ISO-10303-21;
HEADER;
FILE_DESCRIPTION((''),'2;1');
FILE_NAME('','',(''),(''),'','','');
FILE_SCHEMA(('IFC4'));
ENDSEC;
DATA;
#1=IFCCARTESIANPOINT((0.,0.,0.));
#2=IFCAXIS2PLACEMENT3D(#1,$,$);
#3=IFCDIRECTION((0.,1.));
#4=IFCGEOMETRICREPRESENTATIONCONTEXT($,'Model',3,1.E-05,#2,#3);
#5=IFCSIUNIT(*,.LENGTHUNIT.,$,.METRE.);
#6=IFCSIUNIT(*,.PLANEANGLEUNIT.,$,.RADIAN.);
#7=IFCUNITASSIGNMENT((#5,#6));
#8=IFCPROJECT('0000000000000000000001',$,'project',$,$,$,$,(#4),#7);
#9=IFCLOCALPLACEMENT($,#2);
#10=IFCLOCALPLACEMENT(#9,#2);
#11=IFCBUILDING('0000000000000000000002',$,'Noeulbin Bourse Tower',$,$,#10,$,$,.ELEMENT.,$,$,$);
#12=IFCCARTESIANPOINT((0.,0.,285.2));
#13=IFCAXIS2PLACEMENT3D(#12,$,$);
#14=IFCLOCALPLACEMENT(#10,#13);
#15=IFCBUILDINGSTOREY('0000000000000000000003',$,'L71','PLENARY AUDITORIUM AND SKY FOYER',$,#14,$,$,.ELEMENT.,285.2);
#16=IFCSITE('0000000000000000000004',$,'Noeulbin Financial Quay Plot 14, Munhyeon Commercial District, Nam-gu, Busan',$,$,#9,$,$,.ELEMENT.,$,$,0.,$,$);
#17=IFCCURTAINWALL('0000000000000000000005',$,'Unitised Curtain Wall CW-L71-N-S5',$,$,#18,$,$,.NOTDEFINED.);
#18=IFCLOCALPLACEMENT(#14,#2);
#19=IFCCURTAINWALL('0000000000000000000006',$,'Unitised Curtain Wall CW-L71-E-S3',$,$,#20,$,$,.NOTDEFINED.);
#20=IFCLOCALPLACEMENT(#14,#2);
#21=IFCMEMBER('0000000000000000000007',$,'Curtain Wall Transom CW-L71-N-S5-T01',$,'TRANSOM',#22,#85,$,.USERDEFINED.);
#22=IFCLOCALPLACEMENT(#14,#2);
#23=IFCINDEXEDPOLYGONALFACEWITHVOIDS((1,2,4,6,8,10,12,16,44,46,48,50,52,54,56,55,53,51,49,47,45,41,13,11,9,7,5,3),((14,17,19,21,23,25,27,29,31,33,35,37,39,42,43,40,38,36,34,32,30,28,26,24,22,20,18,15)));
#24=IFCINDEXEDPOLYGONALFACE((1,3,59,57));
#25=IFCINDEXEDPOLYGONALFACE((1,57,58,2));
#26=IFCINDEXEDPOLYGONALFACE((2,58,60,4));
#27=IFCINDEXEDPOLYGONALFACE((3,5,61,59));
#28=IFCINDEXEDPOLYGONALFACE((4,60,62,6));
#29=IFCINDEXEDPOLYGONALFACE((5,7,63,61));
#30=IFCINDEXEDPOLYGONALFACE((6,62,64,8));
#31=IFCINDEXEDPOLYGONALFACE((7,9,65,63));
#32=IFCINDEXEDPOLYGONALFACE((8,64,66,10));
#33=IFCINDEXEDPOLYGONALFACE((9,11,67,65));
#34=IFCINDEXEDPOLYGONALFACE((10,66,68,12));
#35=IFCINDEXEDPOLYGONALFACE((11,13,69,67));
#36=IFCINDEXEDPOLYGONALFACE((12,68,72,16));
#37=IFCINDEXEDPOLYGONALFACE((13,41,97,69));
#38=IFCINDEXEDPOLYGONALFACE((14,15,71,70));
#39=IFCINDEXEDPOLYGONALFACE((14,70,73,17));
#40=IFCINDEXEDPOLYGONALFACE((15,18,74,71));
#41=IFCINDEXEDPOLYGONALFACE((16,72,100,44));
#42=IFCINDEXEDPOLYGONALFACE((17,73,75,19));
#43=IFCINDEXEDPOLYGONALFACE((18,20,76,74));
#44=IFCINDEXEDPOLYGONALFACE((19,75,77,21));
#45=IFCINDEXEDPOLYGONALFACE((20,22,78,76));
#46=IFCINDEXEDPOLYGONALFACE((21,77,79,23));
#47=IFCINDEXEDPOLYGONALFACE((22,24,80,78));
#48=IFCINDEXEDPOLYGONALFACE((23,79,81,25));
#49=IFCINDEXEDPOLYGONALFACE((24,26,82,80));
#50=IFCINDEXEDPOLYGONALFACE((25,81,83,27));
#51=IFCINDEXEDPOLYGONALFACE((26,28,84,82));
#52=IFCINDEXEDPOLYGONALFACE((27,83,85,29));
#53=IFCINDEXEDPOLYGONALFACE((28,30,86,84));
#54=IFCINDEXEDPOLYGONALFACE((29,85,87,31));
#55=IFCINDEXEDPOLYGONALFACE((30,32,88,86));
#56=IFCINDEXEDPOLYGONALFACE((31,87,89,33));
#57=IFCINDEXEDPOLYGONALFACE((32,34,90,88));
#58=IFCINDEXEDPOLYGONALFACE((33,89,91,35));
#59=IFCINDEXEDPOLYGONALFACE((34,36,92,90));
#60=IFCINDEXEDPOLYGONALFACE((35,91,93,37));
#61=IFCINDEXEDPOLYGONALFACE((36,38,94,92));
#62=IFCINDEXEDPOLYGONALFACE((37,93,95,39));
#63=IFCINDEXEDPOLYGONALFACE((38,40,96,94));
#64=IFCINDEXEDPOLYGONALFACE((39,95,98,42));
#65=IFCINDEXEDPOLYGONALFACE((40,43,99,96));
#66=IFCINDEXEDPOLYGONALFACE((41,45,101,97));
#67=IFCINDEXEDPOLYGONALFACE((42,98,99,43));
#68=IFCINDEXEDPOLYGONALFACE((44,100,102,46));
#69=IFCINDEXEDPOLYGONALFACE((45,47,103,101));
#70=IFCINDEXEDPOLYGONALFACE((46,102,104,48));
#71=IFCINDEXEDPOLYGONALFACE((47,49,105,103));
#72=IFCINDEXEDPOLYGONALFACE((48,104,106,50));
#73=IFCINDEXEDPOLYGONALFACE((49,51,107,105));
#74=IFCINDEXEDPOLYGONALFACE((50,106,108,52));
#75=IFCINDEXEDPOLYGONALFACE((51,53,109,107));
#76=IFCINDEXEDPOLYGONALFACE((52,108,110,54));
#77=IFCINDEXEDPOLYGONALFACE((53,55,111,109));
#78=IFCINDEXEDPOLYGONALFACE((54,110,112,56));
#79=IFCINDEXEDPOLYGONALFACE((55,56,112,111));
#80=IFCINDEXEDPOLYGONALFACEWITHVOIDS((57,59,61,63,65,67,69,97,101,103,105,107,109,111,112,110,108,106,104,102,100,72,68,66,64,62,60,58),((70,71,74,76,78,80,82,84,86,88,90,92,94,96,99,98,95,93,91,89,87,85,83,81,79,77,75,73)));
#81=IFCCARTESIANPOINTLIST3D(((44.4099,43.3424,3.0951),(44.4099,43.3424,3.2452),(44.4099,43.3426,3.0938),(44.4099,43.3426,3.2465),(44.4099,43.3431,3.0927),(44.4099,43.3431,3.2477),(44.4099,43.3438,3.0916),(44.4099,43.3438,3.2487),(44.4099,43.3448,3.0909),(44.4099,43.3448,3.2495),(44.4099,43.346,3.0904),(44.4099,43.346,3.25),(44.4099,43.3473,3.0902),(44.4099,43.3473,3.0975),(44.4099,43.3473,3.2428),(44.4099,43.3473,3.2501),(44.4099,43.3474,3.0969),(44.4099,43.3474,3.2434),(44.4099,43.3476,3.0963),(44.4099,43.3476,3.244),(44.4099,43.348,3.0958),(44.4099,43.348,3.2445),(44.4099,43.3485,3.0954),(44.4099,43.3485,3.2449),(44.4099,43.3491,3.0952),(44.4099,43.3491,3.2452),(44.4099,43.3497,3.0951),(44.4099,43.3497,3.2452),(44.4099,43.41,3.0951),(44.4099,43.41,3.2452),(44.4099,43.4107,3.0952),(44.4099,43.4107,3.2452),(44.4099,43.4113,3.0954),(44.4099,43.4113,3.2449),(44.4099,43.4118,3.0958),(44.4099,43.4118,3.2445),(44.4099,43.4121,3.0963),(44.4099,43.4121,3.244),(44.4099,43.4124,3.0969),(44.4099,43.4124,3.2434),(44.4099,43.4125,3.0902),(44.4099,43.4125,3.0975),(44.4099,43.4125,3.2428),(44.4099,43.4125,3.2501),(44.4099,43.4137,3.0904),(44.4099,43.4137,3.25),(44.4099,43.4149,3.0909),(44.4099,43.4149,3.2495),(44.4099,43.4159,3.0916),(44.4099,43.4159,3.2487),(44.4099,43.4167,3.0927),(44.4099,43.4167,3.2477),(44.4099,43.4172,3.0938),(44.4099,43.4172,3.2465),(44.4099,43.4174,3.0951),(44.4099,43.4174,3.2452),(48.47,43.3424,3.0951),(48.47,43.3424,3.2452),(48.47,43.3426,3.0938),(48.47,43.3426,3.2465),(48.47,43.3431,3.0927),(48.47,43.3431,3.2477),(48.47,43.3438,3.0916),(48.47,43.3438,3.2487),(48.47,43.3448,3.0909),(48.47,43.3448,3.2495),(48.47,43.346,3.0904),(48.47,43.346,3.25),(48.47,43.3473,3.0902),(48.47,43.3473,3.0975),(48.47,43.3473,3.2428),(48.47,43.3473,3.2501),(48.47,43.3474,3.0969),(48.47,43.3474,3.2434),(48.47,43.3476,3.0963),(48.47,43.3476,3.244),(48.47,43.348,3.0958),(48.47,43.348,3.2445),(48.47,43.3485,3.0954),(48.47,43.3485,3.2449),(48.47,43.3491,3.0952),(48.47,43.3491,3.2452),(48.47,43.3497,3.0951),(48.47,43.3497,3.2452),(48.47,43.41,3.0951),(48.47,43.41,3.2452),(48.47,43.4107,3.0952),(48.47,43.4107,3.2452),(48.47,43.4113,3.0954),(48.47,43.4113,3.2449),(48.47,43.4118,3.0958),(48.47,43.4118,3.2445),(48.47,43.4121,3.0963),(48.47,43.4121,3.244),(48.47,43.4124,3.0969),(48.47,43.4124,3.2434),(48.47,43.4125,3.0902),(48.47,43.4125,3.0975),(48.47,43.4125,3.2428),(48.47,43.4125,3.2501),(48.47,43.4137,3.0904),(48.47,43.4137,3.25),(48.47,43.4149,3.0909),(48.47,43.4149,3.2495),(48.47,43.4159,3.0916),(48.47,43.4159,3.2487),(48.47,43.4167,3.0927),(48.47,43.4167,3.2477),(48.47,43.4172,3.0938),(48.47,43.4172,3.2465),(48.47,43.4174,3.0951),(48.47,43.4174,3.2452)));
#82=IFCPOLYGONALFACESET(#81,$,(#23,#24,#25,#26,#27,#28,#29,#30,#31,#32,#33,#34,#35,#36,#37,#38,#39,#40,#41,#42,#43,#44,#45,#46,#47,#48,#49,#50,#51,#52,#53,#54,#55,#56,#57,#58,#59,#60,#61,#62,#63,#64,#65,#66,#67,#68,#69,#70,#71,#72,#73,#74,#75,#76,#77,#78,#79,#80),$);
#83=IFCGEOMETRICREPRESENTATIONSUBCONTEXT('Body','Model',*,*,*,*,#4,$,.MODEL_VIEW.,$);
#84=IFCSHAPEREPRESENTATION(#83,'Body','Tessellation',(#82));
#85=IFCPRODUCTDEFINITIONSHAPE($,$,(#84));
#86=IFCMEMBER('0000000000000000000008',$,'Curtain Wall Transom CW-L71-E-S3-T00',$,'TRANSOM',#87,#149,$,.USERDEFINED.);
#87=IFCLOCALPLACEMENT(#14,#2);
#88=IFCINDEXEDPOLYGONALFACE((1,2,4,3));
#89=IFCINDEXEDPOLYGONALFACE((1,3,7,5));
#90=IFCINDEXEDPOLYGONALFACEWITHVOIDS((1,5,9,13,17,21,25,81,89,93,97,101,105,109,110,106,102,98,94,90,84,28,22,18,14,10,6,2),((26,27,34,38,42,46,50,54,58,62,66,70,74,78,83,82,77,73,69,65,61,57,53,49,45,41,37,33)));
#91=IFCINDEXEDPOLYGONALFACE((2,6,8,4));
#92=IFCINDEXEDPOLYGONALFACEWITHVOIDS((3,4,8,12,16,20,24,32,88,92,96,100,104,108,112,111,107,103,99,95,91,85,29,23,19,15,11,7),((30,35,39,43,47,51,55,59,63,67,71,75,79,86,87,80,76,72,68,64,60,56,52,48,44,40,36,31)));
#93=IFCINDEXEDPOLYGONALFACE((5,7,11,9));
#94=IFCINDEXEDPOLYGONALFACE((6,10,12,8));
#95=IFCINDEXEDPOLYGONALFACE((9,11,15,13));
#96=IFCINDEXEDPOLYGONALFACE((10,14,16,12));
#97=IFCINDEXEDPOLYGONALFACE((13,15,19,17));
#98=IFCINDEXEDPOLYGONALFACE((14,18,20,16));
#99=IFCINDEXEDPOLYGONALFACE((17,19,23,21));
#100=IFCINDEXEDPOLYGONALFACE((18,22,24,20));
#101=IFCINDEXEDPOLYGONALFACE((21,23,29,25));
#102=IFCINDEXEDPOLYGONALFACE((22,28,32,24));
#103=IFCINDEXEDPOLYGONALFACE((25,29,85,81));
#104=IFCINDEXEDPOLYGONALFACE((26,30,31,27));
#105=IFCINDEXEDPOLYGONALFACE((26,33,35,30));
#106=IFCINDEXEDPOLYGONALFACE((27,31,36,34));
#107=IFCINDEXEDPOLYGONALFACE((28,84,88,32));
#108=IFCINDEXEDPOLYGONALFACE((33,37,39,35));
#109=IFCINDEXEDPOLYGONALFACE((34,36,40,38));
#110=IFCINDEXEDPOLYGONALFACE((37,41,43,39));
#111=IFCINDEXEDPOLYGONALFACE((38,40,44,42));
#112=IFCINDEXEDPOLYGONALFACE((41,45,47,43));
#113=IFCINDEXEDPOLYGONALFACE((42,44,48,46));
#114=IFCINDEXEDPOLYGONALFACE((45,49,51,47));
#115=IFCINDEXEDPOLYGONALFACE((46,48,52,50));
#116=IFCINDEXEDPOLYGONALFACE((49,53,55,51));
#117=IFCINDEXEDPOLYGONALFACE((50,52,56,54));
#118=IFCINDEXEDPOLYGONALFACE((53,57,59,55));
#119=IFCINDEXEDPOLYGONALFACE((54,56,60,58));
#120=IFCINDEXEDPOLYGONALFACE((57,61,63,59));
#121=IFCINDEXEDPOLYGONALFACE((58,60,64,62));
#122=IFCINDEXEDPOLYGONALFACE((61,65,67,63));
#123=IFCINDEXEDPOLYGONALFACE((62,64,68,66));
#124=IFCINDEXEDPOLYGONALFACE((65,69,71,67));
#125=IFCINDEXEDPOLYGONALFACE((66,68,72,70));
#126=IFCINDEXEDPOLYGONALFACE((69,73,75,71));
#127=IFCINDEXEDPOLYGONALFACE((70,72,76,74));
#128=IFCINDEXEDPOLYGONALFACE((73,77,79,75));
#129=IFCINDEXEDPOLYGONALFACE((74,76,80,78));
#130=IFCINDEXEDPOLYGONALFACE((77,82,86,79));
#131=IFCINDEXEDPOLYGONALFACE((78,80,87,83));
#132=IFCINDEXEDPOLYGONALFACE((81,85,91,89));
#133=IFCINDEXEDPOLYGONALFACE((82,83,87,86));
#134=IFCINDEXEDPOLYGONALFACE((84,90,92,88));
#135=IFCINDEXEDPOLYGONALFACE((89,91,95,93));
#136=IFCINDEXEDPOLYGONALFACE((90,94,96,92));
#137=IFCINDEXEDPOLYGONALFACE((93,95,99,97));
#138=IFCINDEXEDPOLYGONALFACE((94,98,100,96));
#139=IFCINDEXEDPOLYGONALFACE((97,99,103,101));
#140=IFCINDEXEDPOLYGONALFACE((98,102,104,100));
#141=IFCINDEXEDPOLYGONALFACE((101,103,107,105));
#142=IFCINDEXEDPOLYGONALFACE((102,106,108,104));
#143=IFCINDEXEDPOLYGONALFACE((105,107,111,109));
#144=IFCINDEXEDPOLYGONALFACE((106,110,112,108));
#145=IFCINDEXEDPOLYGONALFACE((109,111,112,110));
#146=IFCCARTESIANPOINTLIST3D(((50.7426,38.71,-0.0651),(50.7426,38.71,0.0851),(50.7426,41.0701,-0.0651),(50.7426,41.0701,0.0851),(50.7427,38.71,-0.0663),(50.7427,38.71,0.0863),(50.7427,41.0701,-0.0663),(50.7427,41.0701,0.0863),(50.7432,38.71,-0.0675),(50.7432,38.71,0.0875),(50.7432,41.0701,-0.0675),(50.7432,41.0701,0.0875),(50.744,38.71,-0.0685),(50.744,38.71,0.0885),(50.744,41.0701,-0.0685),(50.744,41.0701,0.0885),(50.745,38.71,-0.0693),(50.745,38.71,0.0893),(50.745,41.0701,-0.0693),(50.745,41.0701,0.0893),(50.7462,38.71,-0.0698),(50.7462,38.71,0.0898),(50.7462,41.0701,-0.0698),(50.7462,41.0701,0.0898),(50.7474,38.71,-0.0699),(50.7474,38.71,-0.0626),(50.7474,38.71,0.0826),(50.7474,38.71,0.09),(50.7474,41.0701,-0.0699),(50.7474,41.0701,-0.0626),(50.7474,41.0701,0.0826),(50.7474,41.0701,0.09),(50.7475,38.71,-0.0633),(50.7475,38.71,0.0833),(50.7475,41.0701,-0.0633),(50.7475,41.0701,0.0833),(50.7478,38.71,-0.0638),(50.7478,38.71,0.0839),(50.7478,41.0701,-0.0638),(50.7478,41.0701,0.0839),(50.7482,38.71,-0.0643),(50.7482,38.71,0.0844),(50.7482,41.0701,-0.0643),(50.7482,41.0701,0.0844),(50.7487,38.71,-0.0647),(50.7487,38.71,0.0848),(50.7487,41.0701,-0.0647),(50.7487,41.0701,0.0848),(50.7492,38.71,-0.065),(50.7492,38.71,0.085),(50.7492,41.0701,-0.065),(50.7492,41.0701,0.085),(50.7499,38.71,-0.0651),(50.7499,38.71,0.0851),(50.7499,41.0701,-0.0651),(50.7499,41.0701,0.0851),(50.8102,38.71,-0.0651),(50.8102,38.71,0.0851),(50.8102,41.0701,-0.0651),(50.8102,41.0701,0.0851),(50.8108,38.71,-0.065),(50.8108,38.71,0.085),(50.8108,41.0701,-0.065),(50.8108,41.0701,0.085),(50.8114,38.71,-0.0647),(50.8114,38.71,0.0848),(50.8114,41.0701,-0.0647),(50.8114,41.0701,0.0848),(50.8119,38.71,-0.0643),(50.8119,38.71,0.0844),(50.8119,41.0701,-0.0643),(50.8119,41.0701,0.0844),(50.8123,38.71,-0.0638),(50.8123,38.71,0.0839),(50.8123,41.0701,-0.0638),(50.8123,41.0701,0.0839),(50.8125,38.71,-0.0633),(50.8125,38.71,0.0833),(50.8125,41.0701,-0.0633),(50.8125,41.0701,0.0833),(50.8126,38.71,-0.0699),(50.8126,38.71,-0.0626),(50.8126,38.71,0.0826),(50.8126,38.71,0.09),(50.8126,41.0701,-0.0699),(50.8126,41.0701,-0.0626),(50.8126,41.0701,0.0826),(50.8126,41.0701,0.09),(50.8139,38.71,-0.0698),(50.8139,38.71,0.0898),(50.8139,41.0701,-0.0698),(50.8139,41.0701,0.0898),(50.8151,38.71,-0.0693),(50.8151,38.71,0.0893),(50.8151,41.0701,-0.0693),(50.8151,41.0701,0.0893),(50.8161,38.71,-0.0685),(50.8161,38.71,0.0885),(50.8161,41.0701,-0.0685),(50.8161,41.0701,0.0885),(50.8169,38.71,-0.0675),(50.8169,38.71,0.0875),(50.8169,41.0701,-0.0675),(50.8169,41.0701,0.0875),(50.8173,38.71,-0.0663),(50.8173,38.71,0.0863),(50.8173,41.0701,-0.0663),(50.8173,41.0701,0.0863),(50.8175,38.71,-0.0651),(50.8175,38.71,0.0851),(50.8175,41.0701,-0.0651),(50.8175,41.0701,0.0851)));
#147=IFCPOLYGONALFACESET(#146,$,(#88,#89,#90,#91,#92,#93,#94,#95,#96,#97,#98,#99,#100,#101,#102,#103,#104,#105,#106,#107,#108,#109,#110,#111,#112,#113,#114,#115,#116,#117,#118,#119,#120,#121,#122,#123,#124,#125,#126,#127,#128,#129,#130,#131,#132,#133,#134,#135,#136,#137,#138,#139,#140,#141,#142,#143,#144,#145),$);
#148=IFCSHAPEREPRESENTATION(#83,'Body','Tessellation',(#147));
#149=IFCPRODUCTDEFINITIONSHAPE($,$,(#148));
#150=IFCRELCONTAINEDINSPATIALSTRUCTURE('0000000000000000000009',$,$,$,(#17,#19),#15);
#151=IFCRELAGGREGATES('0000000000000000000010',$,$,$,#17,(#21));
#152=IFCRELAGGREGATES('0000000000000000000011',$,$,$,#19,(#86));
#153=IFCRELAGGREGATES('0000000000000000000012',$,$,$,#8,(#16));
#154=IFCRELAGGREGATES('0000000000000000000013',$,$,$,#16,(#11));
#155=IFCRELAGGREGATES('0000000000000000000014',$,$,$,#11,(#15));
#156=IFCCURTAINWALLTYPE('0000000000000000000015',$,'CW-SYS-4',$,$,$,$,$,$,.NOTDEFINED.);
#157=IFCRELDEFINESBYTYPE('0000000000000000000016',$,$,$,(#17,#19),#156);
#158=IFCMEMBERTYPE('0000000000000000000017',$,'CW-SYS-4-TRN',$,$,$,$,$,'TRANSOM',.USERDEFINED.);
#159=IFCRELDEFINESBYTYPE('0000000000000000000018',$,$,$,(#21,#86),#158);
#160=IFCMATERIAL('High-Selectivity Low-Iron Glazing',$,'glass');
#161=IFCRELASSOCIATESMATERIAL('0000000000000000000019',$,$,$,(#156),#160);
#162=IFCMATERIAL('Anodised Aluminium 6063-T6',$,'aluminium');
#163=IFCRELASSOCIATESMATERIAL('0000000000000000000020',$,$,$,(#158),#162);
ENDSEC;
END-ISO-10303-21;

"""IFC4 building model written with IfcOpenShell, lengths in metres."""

from ifc_helpers import new_model, si_unit, direction, frame, origin, origin_2d, place, context, subcontext, project, spatial, hollow_rectangle, extrude, material, material_profile, profile_set, type_object, element, aggregate, save


model = new_model("IFC4")

# Units and contexts
model_context = context("Model", 3, precision=1e-05, world=origin(), true_north=direction((0.0, 1.0)))
body_context = subcontext(model_context, "Body", "Model", "MODEL_VIEW")
ifc_project = project(units=[si_unit("LENGTHUNIT", "METRE"), si_unit("PLANEANGLEUNIT", "RADIAN")], contexts=[model_context])

# Site, building, storey
site_placement = place(None, origin())
site = spatial("IfcSite", under=ifc_project, at=site_placement, Name="Noeulbin Financial Quay Plot 14, Munhyeon Commercial District, Nam-gu, Busan", CompositionType="ELEMENT", RefElevation=0.0)
building_placement = place(site_placement, origin())
building = spatial("IfcBuilding", under=site, at=building_placement, Name="Noeulbin Bourse Tower", CompositionType="ELEMENT")
storey_placement = place(building_placement, frame((0.0, 0.0, 285.2)))
storey = spatial("IfcBuildingStorey", under=building, at=storey_placement, Name="L71", Description="PLENARY AUDITORIUM AND SKY FOYER", CompositionType="ELEMENT", Elevation=285.2)

# Shared definitions
ifc_material_1 = material(Name="High-Selectivity Low-Iron Glazing", Category="glass")
curtain_wall_type = type_object("IfcCurtainWallType", Name="CW-SYS-4", PredefinedType="NOTDEFINED", material=ifc_material_1)
ifc_material_2 = material(Name="Anodised Aluminium 6063-T6", Category="aluminium")

# Curtain walls
curtain_wall_1_placement = place(storey_placement, origin())
curtain_wall_1 = element("IfcCurtainWall", 1, at=curtain_wall_1_placement, inside=storey, type_object=curtain_wall_type, Name="Unitised Curtain Wall CW-L71-N-S5", PredefinedType="NOTDEFINED")
curtain_wall_2_placement = place(storey_placement, origin())
curtain_wall_2 = element("IfcCurtainWall", 2, at=curtain_wall_2_placement, inside=storey, type_object=curtain_wall_type, Name="Unitised Curtain Wall CW-L71-E-S3", PredefinedType="NOTDEFINED")

# Members
ifc_material_profile_1 = material_profile(ifc_material_2, hollow_rectangle(XDim=0.075, YDim=0.1599, WallThickness=0.0049, InnerFilletRadius=0.0024, OuterFilletRadius=0.0049, at=origin_2d()), Name="ALU-TRAN-75x160x5", Category="LoadBearing")
ifc_profile_set_1 = profile_set([ifc_material_profile_1], Name="Anodised Aluminium 6063-T6")
member_type_1 = type_object("IfcMemberType", Name="CW-SYS-4-TRN", ElementType="TRANSOM", PredefinedType="USERDEFINED", material=ifc_profile_set_1)
member_1_placement = place(storey_placement, frame((44.4099, 43.3799, 3.1702), z_axis=(1.0, 0.0, 0.0), x_axis=(0.0, 1.0, 0.0)))
member_1 = element("IfcMember", 3, at=member_1_placement, type_object=member_type_1, Name="Curtain Wall Transom CW-L71-N-S5-T01", ObjectType="TRANSOM", PredefinedType="USERDEFINED", context=body_context, shape_type="SweptSolid", body=[
    extrude(hollow_rectangle(XDim=0.075, YDim=0.1599, WallThickness=0.0049, InnerFilletRadius=0.0024, OuterFilletRadius=0.0049, at=origin_2d()), origin(), (0.0, 0.0, 1.0), 4.0601),
])
member_2_placement = place(storey_placement, frame((50.78, 38.71, 0.01), z_axis=(0.0, 1.0, 0.0), x_axis=(-1.0, 0.0, 0.0)))
member_2 = element("IfcMember", 4, at=member_2_placement, type_object=member_type_1, Name="Curtain Wall Transom CW-L71-E-S3-T00", ObjectType="TRANSOM", PredefinedType="USERDEFINED", context=body_context, shape_type="SweptSolid", body=[
    extrude(hollow_rectangle(XDim=0.075, YDim=0.1599, WallThickness=0.0049, InnerFilletRadius=0.0024, OuterFilletRadius=0.0049, at=origin_2d()), origin(), (0.0, 0.0, 1.0), 2.3601),
])

aggregate(curtain_wall_1, [member_1])
aggregate(curtain_wall_2, [member_2])

save(model, "model.ifc")
